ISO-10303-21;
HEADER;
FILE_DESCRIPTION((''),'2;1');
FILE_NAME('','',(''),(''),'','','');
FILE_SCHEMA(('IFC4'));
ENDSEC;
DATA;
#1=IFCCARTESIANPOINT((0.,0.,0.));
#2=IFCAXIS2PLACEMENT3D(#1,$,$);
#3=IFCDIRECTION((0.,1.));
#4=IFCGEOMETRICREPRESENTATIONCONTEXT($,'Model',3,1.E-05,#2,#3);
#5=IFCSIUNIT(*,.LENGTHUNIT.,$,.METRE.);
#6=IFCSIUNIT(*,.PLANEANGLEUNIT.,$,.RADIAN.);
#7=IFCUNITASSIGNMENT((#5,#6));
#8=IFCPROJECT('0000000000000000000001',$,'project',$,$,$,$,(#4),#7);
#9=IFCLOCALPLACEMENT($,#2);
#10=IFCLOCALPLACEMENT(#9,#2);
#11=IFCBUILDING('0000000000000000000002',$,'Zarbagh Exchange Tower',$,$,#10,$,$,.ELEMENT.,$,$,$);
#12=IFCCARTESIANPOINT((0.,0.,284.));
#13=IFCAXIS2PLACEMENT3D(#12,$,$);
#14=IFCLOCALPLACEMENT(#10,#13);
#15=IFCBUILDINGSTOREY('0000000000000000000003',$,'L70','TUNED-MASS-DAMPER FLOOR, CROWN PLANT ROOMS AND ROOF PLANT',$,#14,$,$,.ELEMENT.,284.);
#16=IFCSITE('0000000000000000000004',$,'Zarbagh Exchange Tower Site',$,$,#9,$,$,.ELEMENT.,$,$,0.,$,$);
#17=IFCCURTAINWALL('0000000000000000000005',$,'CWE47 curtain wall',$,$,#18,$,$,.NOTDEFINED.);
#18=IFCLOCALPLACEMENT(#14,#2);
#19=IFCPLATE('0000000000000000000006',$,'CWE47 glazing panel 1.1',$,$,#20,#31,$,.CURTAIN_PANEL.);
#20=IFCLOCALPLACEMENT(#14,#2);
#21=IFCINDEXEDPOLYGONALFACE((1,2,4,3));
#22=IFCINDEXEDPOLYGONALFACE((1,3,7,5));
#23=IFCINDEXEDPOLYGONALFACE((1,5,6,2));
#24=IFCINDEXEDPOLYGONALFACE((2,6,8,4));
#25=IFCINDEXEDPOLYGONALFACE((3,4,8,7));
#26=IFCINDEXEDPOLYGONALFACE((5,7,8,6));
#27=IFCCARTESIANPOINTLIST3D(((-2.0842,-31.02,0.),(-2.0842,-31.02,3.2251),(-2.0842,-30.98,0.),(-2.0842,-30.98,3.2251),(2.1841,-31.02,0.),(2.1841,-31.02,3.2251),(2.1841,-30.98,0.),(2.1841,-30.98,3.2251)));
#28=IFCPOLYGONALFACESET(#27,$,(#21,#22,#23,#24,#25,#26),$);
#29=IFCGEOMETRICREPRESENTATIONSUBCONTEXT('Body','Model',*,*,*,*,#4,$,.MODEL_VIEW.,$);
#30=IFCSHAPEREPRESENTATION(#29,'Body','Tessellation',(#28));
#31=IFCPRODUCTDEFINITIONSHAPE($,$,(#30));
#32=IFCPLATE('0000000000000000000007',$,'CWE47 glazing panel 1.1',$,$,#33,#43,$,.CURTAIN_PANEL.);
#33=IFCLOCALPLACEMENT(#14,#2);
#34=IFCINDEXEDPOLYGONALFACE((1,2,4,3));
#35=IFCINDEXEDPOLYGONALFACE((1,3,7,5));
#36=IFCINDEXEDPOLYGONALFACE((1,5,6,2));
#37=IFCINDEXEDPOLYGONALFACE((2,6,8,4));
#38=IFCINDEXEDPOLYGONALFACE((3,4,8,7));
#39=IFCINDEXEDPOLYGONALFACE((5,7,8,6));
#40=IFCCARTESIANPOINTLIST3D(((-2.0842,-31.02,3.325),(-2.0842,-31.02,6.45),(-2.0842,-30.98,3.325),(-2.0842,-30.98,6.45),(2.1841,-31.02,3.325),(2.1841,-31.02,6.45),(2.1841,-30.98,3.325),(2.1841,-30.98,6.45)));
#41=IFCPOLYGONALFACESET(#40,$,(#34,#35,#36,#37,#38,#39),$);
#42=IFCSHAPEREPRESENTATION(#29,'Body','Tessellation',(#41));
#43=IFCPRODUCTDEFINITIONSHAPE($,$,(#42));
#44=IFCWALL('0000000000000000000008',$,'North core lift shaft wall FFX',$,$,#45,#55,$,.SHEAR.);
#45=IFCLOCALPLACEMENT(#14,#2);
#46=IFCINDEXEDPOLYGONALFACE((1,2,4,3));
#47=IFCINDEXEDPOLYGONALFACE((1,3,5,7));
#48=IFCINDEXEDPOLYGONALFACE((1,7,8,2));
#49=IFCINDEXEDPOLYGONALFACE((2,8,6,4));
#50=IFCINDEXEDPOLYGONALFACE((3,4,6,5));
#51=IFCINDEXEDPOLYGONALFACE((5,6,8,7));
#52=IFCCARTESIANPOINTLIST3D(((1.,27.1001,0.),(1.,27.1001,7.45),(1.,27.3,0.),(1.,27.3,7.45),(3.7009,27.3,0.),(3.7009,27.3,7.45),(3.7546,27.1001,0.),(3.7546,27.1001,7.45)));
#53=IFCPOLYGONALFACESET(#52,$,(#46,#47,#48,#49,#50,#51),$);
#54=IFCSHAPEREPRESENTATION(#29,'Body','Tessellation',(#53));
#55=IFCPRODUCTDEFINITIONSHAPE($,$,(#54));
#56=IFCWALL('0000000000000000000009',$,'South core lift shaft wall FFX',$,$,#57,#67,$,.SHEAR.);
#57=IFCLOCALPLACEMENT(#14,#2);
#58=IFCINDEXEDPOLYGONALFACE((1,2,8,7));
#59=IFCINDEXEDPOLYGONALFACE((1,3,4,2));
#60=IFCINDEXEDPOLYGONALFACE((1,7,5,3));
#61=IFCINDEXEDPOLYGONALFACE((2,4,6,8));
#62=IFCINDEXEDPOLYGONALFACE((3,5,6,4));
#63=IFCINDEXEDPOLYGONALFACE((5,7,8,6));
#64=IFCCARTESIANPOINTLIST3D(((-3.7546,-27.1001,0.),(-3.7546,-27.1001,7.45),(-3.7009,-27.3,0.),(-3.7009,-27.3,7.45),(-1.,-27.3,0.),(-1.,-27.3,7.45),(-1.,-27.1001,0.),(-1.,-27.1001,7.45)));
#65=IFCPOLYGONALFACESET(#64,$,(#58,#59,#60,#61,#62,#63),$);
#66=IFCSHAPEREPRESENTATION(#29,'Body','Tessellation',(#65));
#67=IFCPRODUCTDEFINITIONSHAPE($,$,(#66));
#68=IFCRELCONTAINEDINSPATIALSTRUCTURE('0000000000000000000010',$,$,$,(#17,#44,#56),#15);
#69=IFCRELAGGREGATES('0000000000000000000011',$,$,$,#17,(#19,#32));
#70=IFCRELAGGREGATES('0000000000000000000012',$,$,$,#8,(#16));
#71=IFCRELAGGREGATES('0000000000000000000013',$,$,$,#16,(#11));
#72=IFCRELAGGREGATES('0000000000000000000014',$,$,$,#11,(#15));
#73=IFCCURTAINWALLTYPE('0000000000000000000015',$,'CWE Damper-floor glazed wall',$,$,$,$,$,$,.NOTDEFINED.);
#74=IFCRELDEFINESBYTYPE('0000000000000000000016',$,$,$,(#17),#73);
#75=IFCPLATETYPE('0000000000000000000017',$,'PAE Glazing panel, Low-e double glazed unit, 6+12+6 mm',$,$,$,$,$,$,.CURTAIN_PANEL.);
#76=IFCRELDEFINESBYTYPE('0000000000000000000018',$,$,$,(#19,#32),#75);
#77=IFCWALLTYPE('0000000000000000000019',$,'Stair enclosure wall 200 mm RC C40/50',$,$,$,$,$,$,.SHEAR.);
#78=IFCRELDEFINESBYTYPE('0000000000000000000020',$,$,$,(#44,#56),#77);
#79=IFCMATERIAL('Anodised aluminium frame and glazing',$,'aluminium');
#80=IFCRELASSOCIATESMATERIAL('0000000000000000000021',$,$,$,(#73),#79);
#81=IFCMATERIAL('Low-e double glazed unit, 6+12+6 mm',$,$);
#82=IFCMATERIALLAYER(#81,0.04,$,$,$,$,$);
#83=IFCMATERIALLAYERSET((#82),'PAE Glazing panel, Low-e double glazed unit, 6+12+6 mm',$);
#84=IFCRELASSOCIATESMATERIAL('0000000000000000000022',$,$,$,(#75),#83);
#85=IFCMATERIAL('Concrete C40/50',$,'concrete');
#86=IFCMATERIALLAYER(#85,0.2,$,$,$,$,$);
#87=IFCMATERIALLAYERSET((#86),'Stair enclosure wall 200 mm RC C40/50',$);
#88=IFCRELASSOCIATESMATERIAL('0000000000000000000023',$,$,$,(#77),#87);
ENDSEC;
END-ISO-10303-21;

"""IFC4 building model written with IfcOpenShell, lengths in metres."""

from ifc_helpers import new_model, si_unit, direction, frame, origin, place, context, subcontext, project, spatial, polyline, outline, extrude, source, transform, mapped, material, layer, layer_set, type_object, element, aggregate, save


model = new_model("IFC4")

# Units and contexts
model_context = context("Model", 3, precision=1e-05, world=origin(), true_north=direction((0.0, 1.0)))
body_context = subcontext(model_context, "Body", "Model", "MODEL_VIEW")
ifc_project = project(units=[si_unit("LENGTHUNIT", "METRE"), si_unit("PLANEANGLEUNIT", "RADIAN")], contexts=[model_context])

# Site, building, storey
site_placement = place(None, origin())
site = spatial("IfcSite", under=ifc_project, at=site_placement, Name="Zarbagh Exchange Tower Site", CompositionType="ELEMENT", RefElevation=0.0)
building_placement = place(site_placement, origin())
building = spatial("IfcBuilding", under=site, at=building_placement, Name="Zarbagh Exchange Tower", CompositionType="ELEMENT")
storey_placement = place(building_placement, frame((0.0, 0.0, 284.0)))
storey = spatial("IfcBuildingStorey", under=building, at=storey_placement, Name="L70", Description="TUNED-MASS-DAMPER FLOOR, CROWN PLANT ROOMS AND ROOF PLANT", CompositionType="ELEMENT", Elevation=284.0)

# Curtain wall
ifc_material_1 = material(Name="Anodised aluminium frame and glazing", Category="aluminium")
curtain_wall_type = type_object("IfcCurtainWallType", Name="CWE Damper-floor glazed wall", PredefinedType="NOTDEFINED", material=ifc_material_1)
curtain_wall_placement = place(storey_placement, origin())
curtain_wall = element("IfcCurtainWall", 1, at=curtain_wall_placement, inside=storey, type_object=curtain_wall_type, Name="CWE47 curtain wall", PredefinedType="NOTDEFINED")
placement = place(storey_placement, origin())

# Shared definitions
ifc_material_2 = material(Name="Concrete C40/50", Category="concrete")

# Plates
ifc_material_3 = material(Name="Low-e double glazed unit, 6+12+6 mm")
ifc_layer_1 = layer(ifc_material_3, 0.04)
ifc_layer_set_1 = layer_set([ifc_layer_1], Name="PAE Glazing panel, Low-e double glazed unit, 6+12+6 mm")
plate_type = type_object("IfcPlateType", Name="PAE Glazing panel, Low-e double glazed unit, 6+12+6 mm", PredefinedType="CURTAIN_PANEL", material=ifc_layer_set_1)
shared_shape_1 = source(origin(), body_context, "Body", "SweptSolid", [
    extrude(outline(polyline([(0.0, -0.02), (4.2683, -0.02), (4.2683, 0.02), (0.0, 0.02), (0.0, -0.02)])), origin(), (0.0, 0.0, 1.0), 3.2251),
])
plate_1 = element("IfcPlate", 2, at=placement, type_object=plate_type, Name="CWE47 glazing panel 1.1", PredefinedType="CURTAIN_PANEL", context=body_context, shape_type="MappedRepresentation", body=[
    mapped(shared_shape_1, transform((-2.0842, -31.0, 0.0), x_axis=(1.0, 0.0, 0.0), y_axis=(0.0, 1.0, 0.0), z_axis=(0.0, 0.0, 1.0))),
])
shared_shape_2 = source(origin(), body_context, "Body", "SweptSolid", [
    extrude(outline(polyline([(0.0, -0.02), (4.2683, -0.02), (4.2683, 0.02), (0.0, 0.02), (0.0, -0.02)])), origin(), (0.0, 0.0, 1.0), 3.125),
])
plate_2 = element("IfcPlate", 3, at=placement, type_object=plate_type, Name="CWE47 glazing panel 1.1", PredefinedType="CURTAIN_PANEL", context=body_context, shape_type="MappedRepresentation", body=[
    mapped(shared_shape_2, transform((-2.0842, -31.0, 3.325), x_axis=(1.0, 0.0, 0.0), y_axis=(0.0, 1.0, 0.0), z_axis=(0.0, 0.0, 1.0))),
])
aggregate(curtain_wall, [plate_1, plate_2])

# Walls
ifc_layer_2 = layer(ifc_material_2, 0.2)
ifc_layer_set_2 = layer_set([ifc_layer_2], Name="Stair enclosure wall 200 mm RC C40/50")
wall_type = type_object("IfcWallType", Name="Stair enclosure wall 200 mm RC C40/50", PredefinedType="SHEAR", material=ifc_layer_set_2)
wall_1_placement = place(storey_placement, origin())
element("IfcWall", 4, at=wall_1_placement, inside=storey, type_object=wall_type, Name="North core lift shaft wall FFX", PredefinedType="SHEAR", context=body_context, shape_type="SweptSolid", body=[
    extrude(outline(polyline([(1.0, 27.1001), (3.7546, 27.1001), (3.7009, 27.3), (1.0, 27.3), (1.0, 27.1001)])), origin(), (0.0, 0.0, 1.0), 7.45),
])
wall_2_placement = place(storey_placement, origin())
element("IfcWall", 5, at=wall_2_placement, inside=storey, type_object=wall_type, Name="South core lift shaft wall FFX", PredefinedType="SHEAR", context=body_context, shape_type="SweptSolid", body=[
    extrude(outline(polyline([(-1.0, -27.1001), (-3.7546, -27.1001), (-3.7009, -27.3), (-1.0, -27.3), (-1.0, -27.1001)])), origin(), (0.0, 0.0, 1.0), 7.45),
])

save(model, "model.ifc")
